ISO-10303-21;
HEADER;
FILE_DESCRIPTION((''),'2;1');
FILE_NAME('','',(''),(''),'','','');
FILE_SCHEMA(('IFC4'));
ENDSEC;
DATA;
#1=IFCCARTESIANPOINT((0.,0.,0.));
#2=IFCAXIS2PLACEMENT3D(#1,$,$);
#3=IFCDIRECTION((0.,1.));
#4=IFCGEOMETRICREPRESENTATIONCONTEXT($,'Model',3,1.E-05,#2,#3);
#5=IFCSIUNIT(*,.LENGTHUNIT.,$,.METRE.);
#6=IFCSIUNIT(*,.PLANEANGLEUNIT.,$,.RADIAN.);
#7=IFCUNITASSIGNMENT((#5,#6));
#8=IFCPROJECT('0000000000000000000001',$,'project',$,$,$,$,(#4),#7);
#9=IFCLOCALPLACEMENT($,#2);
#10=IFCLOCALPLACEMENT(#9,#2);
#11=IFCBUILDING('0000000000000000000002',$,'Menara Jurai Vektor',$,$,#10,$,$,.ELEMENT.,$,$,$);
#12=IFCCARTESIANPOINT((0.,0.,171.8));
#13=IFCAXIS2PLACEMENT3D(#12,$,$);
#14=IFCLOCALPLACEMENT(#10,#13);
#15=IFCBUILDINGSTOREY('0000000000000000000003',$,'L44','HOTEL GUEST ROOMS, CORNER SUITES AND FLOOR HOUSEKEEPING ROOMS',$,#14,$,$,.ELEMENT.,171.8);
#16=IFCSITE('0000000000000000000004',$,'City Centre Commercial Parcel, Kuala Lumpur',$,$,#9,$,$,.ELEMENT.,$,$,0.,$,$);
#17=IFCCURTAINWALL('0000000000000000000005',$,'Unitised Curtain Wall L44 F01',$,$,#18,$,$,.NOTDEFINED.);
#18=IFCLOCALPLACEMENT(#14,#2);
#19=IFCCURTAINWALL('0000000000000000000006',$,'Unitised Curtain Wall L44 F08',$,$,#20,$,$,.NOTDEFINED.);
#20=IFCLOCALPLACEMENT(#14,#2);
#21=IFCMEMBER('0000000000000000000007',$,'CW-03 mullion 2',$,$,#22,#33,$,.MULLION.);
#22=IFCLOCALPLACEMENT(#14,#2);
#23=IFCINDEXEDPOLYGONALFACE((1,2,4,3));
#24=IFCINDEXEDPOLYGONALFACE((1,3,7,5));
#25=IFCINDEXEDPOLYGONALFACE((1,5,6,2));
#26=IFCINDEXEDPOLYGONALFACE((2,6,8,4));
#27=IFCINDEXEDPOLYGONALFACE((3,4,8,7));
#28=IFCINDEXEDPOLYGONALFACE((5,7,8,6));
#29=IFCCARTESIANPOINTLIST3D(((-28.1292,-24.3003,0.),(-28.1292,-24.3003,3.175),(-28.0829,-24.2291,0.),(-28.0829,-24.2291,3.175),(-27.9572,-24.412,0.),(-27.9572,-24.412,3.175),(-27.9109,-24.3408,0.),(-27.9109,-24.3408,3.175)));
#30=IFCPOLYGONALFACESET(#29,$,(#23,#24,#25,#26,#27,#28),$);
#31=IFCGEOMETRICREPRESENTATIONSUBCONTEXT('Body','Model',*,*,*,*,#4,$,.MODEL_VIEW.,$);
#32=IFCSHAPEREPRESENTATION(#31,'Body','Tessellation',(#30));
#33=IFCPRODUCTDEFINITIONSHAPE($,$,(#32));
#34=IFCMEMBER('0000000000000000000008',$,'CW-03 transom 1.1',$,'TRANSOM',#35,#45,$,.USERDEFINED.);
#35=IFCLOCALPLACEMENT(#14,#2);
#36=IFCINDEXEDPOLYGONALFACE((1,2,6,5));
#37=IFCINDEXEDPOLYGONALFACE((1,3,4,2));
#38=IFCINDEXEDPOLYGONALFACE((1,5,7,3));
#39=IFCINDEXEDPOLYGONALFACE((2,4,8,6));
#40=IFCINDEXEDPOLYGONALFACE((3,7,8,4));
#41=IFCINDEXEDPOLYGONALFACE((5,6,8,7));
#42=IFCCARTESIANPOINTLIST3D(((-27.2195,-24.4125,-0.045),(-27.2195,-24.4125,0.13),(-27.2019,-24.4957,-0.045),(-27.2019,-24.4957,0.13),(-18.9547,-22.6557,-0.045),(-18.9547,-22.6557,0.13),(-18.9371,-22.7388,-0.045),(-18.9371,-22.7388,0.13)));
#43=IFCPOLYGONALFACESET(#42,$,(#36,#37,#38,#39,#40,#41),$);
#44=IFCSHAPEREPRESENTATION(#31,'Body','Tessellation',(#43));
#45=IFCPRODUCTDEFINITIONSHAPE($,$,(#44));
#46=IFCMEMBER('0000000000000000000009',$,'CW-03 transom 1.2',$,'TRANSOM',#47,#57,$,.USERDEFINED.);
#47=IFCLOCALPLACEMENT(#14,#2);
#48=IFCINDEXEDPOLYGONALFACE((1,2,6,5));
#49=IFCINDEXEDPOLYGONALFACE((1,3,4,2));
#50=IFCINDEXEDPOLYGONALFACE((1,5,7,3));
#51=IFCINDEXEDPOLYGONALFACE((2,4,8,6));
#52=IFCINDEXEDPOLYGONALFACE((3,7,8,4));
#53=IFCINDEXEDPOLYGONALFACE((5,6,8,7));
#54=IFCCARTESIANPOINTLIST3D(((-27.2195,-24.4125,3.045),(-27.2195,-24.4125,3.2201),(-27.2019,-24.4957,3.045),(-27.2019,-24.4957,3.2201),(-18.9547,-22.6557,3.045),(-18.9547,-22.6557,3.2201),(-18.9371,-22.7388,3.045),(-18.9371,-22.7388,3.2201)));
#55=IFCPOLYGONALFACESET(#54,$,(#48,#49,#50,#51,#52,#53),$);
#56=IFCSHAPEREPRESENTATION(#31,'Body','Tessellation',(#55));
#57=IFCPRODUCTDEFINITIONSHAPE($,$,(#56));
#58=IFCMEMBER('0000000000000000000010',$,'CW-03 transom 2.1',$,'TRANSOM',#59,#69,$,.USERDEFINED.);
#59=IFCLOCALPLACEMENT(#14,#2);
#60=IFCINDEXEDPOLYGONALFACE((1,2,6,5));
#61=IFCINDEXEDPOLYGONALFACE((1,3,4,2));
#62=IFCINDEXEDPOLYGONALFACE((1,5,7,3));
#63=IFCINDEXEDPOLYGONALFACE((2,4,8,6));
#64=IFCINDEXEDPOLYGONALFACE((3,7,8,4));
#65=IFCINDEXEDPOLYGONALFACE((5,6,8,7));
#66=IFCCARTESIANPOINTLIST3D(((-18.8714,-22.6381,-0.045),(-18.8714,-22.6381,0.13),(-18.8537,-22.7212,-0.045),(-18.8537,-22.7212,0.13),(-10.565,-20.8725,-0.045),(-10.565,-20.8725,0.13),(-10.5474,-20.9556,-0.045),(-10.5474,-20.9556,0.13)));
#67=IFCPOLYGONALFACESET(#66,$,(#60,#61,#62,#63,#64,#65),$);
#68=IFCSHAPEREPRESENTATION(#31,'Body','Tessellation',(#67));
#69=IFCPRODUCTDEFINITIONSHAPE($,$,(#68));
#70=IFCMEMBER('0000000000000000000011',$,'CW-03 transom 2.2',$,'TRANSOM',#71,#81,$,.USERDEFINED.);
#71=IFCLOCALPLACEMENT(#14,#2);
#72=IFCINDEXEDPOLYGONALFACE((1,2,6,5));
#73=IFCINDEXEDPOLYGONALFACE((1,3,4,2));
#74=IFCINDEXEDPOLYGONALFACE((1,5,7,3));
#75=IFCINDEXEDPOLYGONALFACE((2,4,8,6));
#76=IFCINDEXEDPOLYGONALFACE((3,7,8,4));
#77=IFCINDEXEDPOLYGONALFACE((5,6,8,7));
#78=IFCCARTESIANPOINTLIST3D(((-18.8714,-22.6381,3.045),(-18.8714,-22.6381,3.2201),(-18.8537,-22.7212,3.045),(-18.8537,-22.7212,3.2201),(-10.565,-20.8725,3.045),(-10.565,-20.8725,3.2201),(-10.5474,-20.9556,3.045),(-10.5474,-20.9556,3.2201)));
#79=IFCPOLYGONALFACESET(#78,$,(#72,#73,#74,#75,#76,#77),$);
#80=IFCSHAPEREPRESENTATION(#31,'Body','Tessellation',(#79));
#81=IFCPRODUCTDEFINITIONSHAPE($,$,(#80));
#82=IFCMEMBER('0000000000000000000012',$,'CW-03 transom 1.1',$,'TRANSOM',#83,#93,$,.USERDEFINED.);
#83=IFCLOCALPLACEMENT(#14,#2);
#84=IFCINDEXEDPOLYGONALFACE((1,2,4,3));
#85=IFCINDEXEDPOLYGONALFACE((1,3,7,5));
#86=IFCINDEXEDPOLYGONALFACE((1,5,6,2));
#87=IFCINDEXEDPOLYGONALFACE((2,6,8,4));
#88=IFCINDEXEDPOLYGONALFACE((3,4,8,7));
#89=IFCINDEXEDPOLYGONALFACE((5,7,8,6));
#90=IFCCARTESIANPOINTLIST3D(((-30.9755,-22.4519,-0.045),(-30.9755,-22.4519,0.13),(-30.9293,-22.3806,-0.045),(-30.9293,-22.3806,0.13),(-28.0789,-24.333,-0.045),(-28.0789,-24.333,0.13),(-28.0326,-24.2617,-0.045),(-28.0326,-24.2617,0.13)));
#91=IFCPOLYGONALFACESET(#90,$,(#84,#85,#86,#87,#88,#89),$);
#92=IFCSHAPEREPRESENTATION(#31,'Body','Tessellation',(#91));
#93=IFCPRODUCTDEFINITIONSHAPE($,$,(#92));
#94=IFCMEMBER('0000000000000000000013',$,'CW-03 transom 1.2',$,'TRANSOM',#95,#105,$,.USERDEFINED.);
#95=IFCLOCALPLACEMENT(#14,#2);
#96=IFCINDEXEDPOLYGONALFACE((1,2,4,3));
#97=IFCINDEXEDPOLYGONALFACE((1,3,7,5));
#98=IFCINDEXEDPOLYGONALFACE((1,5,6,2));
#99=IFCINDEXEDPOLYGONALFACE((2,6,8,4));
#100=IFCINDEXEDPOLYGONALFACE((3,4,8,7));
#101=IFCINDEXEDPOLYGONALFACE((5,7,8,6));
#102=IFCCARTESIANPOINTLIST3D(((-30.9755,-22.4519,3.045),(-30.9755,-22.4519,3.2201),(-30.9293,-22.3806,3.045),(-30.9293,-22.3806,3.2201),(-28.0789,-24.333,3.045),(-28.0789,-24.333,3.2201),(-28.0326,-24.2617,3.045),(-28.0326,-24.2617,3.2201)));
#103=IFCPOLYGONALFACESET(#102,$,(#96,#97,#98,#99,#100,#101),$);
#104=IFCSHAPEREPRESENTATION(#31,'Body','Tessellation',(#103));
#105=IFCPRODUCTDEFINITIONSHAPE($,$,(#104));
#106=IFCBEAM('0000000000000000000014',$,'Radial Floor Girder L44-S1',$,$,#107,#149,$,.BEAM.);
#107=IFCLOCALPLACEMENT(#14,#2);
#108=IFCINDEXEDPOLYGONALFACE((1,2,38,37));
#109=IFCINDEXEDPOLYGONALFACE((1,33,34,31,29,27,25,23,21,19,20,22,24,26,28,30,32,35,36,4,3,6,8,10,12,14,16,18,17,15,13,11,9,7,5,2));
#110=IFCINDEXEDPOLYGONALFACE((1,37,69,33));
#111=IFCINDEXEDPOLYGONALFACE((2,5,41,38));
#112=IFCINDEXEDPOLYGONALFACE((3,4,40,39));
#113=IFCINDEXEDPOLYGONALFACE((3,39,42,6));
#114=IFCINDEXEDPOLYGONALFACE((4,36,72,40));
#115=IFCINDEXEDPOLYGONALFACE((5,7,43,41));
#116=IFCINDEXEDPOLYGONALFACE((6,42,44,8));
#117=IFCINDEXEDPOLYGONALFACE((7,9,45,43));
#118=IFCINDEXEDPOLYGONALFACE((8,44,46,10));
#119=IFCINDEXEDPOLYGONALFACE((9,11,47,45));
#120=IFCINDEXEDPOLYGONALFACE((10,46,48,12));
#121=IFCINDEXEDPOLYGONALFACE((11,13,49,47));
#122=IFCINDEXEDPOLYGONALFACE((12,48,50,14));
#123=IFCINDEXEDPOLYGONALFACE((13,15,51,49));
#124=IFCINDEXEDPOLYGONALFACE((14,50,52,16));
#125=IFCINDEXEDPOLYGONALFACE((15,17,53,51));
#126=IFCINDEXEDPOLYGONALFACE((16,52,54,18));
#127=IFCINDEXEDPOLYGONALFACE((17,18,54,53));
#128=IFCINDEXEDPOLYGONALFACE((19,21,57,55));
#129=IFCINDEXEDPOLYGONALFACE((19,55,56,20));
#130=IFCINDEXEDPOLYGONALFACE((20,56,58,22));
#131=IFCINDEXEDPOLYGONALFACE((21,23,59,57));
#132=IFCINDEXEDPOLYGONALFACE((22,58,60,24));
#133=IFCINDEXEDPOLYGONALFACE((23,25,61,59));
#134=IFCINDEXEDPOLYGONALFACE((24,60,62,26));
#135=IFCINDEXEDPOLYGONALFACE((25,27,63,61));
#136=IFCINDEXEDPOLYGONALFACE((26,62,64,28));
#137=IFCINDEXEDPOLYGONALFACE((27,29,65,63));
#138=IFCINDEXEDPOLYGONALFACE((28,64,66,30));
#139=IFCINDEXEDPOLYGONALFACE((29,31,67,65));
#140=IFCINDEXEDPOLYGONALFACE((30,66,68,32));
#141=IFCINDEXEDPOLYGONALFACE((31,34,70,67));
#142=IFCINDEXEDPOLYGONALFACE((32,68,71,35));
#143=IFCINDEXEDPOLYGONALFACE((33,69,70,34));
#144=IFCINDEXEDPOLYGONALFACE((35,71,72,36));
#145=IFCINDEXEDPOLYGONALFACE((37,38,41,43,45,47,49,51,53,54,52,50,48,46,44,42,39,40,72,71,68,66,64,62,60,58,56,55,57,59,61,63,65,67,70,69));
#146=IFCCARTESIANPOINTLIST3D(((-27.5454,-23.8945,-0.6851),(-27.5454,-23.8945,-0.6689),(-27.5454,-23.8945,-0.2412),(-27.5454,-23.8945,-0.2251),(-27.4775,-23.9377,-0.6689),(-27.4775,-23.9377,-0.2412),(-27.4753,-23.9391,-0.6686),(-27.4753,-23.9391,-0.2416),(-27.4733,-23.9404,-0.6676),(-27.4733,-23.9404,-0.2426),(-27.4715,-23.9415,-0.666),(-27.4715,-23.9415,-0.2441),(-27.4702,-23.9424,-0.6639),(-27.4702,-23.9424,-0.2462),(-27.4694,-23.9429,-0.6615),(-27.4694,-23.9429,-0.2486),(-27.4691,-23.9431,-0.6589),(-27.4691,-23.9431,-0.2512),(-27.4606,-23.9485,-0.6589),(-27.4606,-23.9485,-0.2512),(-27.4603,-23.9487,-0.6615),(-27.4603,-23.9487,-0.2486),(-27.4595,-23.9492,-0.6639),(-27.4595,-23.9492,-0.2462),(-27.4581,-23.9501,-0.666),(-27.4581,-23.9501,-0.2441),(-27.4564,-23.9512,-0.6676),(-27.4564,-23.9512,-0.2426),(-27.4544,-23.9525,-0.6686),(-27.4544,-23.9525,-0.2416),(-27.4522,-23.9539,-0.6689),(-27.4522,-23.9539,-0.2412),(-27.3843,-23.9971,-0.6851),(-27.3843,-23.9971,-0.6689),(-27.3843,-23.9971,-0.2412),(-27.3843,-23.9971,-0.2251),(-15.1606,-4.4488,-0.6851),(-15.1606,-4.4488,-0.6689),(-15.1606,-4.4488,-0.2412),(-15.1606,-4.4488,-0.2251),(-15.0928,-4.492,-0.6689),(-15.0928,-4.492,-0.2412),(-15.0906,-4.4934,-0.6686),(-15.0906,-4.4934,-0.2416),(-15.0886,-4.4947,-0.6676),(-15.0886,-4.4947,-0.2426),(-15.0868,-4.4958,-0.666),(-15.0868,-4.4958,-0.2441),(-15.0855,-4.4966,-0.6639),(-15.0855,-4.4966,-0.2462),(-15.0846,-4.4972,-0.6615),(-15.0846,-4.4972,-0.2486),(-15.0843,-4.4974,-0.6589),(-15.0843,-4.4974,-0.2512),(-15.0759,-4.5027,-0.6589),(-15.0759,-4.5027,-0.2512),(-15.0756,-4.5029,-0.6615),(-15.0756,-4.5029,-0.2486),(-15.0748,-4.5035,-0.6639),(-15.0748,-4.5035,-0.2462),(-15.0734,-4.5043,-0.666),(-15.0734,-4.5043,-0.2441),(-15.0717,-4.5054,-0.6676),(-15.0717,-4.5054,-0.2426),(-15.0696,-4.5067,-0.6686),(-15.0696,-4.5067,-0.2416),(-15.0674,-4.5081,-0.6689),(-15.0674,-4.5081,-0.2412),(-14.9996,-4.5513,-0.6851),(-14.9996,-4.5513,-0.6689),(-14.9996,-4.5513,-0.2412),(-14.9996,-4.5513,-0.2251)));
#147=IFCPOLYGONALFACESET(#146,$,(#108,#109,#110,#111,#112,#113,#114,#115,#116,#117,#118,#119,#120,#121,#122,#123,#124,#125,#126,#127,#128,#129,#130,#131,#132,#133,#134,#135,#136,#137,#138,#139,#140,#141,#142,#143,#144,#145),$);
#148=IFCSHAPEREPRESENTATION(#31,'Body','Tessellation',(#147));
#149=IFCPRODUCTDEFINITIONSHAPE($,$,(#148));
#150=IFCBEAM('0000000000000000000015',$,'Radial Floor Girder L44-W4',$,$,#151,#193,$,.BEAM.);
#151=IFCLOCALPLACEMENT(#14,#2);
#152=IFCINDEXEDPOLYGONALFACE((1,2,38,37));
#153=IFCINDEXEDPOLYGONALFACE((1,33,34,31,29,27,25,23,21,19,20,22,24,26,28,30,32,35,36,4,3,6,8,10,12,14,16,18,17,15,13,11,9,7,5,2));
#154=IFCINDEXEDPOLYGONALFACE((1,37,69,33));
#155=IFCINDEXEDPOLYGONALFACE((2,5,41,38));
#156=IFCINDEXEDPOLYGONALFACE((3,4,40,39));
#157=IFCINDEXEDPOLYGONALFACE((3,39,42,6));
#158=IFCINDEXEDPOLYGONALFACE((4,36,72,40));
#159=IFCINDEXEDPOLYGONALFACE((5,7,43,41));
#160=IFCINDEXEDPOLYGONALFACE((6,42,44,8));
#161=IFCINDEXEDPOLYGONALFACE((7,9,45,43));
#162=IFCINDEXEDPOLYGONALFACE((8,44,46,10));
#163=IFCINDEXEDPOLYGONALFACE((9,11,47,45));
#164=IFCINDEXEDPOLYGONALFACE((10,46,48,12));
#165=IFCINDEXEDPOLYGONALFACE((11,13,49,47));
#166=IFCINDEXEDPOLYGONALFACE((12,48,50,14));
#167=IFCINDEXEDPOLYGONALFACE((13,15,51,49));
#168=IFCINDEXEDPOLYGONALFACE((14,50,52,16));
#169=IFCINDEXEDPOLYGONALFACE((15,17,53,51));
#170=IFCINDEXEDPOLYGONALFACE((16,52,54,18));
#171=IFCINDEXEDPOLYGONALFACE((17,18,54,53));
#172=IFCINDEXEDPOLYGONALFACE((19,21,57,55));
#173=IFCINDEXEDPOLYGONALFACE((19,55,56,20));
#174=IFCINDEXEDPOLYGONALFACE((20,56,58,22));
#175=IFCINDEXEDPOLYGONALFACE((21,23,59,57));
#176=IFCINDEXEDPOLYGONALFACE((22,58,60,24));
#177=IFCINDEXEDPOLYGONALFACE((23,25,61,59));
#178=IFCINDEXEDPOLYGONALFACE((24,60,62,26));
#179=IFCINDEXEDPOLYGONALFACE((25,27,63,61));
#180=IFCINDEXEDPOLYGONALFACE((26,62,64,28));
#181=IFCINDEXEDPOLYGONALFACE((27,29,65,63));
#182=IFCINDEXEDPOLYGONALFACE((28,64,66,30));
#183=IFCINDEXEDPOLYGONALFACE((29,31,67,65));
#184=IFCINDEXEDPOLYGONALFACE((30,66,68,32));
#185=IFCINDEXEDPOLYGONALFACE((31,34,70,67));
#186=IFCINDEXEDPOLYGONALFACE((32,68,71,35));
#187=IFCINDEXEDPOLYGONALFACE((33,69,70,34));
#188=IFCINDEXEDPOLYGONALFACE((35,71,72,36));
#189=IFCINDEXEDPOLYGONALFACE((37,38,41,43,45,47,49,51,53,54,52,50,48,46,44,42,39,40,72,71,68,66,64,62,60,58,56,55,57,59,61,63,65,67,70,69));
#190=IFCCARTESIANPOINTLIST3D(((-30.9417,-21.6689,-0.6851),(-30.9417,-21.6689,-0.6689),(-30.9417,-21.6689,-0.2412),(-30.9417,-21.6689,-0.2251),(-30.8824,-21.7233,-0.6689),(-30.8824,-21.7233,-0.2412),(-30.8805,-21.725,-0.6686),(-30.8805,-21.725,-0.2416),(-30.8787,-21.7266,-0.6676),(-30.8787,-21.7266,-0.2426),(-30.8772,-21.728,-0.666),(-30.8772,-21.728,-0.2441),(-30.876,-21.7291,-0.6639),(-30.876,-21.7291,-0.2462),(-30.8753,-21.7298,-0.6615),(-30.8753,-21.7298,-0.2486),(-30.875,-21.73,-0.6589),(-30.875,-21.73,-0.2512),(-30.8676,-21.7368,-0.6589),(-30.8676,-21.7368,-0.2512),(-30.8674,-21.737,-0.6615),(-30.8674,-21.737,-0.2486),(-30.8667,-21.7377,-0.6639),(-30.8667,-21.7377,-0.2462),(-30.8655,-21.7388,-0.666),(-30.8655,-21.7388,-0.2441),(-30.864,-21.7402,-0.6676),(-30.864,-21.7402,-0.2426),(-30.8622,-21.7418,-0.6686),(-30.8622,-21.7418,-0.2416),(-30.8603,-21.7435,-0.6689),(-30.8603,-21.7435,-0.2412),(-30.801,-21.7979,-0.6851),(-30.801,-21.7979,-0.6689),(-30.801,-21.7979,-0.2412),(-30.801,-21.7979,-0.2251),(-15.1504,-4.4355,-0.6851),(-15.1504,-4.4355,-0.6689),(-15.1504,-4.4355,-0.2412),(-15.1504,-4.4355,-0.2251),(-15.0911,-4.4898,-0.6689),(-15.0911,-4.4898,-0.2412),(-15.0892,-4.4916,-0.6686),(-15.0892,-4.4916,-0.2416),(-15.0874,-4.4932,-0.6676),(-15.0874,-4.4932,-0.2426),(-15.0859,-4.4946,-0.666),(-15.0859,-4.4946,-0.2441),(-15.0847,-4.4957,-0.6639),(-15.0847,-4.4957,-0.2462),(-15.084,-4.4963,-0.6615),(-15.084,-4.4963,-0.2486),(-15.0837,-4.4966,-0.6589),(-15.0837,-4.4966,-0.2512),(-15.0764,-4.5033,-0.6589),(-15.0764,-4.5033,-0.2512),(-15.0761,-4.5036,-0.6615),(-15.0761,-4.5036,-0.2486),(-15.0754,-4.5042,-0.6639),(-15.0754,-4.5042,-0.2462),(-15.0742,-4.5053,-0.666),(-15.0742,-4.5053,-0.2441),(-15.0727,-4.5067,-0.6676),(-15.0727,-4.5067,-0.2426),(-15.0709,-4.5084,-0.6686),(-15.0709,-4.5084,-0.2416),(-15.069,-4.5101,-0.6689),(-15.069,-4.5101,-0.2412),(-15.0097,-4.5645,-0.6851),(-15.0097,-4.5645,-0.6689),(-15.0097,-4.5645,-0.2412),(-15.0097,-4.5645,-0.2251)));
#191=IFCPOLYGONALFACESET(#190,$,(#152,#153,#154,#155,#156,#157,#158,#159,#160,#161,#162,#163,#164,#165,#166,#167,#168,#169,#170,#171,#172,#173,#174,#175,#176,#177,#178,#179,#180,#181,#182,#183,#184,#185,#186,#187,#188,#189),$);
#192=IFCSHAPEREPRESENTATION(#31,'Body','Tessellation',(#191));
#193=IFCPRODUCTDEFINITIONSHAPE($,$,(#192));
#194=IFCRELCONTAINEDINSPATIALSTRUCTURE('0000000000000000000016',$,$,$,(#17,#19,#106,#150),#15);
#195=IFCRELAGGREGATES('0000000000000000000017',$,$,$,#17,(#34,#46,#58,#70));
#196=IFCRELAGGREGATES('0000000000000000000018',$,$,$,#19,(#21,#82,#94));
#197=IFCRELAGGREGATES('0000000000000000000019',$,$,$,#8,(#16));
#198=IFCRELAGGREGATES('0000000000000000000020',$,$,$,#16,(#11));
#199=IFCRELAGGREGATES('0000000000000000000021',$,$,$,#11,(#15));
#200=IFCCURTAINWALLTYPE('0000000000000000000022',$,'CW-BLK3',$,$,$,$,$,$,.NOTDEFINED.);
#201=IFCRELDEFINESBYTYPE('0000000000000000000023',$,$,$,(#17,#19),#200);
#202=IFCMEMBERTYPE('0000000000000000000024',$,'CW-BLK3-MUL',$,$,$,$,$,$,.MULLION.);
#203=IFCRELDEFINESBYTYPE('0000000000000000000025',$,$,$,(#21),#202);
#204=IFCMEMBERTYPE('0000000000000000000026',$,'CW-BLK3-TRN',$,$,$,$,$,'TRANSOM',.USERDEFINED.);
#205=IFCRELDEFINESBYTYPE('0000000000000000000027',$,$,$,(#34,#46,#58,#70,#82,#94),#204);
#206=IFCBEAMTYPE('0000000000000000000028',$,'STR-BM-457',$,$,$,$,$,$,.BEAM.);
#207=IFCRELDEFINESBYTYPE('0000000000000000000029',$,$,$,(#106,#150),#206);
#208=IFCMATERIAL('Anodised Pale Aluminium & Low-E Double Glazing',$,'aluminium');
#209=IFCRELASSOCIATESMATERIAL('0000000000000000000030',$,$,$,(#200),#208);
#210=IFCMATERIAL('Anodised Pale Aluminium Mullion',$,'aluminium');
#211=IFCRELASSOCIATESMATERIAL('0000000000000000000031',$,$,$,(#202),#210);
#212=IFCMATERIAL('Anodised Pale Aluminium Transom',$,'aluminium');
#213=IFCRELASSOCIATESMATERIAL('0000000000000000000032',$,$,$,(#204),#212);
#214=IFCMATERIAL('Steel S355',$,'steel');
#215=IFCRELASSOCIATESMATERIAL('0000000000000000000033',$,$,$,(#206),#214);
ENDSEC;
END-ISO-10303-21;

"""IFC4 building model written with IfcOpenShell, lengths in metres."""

from ifc_helpers import new_model, si_unit, direction, frame, origin, origin_2d, place, context, subcontext, project, spatial, rectangle, i_section, extrude, material, material_profile, profile_set, type_object, element, aggregate, save


model = new_model("IFC4")

# Units and contexts
model_context = context("Model", 3, precision=1e-05, world=origin(), true_north=direction((0.0, 1.0)))
body_context = subcontext(model_context, "Body", "Model", "MODEL_VIEW")
ifc_project = project(units=[si_unit("LENGTHUNIT", "METRE"), si_unit("PLANEANGLEUNIT", "RADIAN")], contexts=[model_context])

# Site, building, storey
site_placement = place(None, origin())
site = spatial("IfcSite", under=ifc_project, at=site_placement, Name="City Centre Commercial Parcel, Kuala Lumpur", CompositionType="ELEMENT", RefElevation=0.0)
building_placement = place(site_placement, origin())
building = spatial("IfcBuilding", under=site, at=building_placement, Name="Menara Jurai Vektor", CompositionType="ELEMENT")
storey_placement = place(building_placement, frame((0.0, 0.0, 171.8)))
storey = spatial("IfcBuildingStorey", under=building, at=storey_placement, Name="L44", Description="HOTEL GUEST ROOMS, CORNER SUITES AND FLOOR HOUSEKEEPING ROOMS", CompositionType="ELEMENT", Elevation=171.8)

# Curtain wall
ifc_material_1 = material(Name="Anodised Pale Aluminium & Low-E Double Glazing", Category="aluminium")
curtain_wall_type = type_object("IfcCurtainWallType", Name="CW-BLK3", PredefinedType="NOTDEFINED", material=ifc_material_1)
curtain_wall_1_placement = place(storey_placement, origin())
curtain_wall_1 = element("IfcCurtainWall", 1, at=curtain_wall_1_placement, inside=storey, type_object=curtain_wall_type, Name="Unitised Curtain Wall L44 F01", PredefinedType="NOTDEFINED")
ifc_material_2 = material(Name="Anodised Pale Aluminium Mullion", Category="aluminium")
ifc_material_profile_1 = material_profile(ifc_material_2, rectangle(XDim=0.085, YDim=0.2051, at=origin_2d()), Name="ALU MUL 85x205")
ifc_profile_set_1 = profile_set([ifc_material_profile_1], Name="Anodised Pale Aluminium Mullion")
member_type_1 = type_object("IfcMemberType", Name="CW-BLK3-MUL", PredefinedType="MULLION", material=ifc_profile_set_1)

# Curtain wall, member
curtain_wall_2_placement = place(storey_placement, origin())
curtain_wall_2 = element("IfcCurtainWall", 2, at=curtain_wall_2_placement, inside=storey, type_object=curtain_wall_type, Name="Unitised Curtain Wall L44 F08", PredefinedType="NOTDEFINED")
member_1_placement = place(storey_placement, frame((-28.02, -24.3206, 0.0), z_axis=(0.0, 0.0, 1.0), x_axis=(0.544618, 0.838684, 0.0)))
member_1 = element("IfcMember", 3, at=member_1_placement, type_object=member_type_1, Name="CW-03 mullion 2", PredefinedType="MULLION", context=body_context, shape_type="SweptSolid", body=[
    extrude(rectangle(XDim=0.085, YDim=0.2051, at=origin_2d()), origin(), (0.0, 0.0, 1.0), 3.175),
])

# Members
ifc_material_3 = material(Name="Anodised Pale Aluminium Transom", Category="aluminium")
ifc_material_profile_2 = material_profile(ifc_material_3, rectangle(XDim=0.085, YDim=0.175, at=origin_2d()), Name="ALU TRN 85x175")
ifc_profile_set_2 = profile_set([ifc_material_profile_2], Name="Anodised Pale Aluminium Transom")
member_type_2 = type_object("IfcMemberType", Name="CW-BLK3-TRN", ElementType="TRANSOM", PredefinedType="USERDEFINED", material=ifc_profile_set_2)
member_2_placement = place(storey_placement, frame((-27.2107, -24.4541, 0.0425), z_axis=(0.978146, 0.207921, 0.0), x_axis=(-0.207921, 0.978146, 0.0)))
member_2 = element("IfcMember", 4, at=member_2_placement, type_object=member_type_2, Name="CW-03 transom 1.1", ObjectType="TRANSOM", PredefinedType="USERDEFINED", context=body_context, shape_type="SweptSolid", body=[
    extrude(rectangle(XDim=0.085, YDim=0.175, at=origin_2d()), origin(), (0.0, 0.0, 1.0), 8.4495),
])
member_3_placement = place(storey_placement, frame((-27.2107, -24.4541, 3.1326), z_axis=(0.978146, 0.207921, 0.0), x_axis=(-0.207921, 0.978146, 0.0)))
member_3 = element("IfcMember", 5, at=member_3_placement, type_object=member_type_2, Name="CW-03 transom 1.2", ObjectType="TRANSOM", PredefinedType="USERDEFINED", context=body_context, shape_type="SweptSolid", body=[
    extrude(rectangle(XDim=0.085, YDim=0.175, at=origin_2d()), origin(), (0.0, 0.0, 1.0), 8.4495),
])
member_4_placement = place(storey_placement, frame((-18.8625, -22.6797, 0.0425), z_axis=(0.978147, 0.207917, 0.0), x_axis=(-0.207917, 0.978147, 0.0)))
member_4 = element("IfcMember", 6, at=member_4_placement, type_object=member_type_2, Name="CW-03 transom 2.1", ObjectType="TRANSOM", PredefinedType="USERDEFINED", context=body_context, shape_type="SweptSolid", body=[
    extrude(rectangle(XDim=0.085, YDim=0.175, at=origin_2d()), origin(), (0.0, 0.0, 1.0), 8.4919),
])
member_5_placement = place(storey_placement, frame((-18.8625, -22.6797, 3.1326), z_axis=(0.978147, 0.207917, 0.0), x_axis=(-0.207917, 0.978147, 0.0)))
member_5 = element("IfcMember", 7, at=member_5_placement, type_object=member_type_2, Name="CW-03 transom 2.2", ObjectType="TRANSOM", PredefinedType="USERDEFINED", context=body_context, shape_type="SweptSolid", body=[
    extrude(rectangle(XDim=0.085, YDim=0.175, at=origin_2d()), origin(), (0.0, 0.0, 1.0), 8.4919),
])
member_6_placement = place(storey_placement, frame((-30.9524, -22.4163, 0.0425), z_axis=(0.838678, -0.544628, 0.0), x_axis=(0.544628, 0.838678, 0.0)))
member_6 = element("IfcMember", 8, at=member_6_placement, type_object=member_type_2, Name="CW-03 transom 1.1", ObjectType="TRANSOM", PredefinedType="USERDEFINED", context=body_context, shape_type="SweptSolid", body=[
    extrude(rectangle(XDim=0.085, YDim=0.175, at=origin_2d()), origin(), (0.0, 0.0, 1.0), 3.4539),
])
member_7_placement = place(storey_placement, frame((-30.9524, -22.4163, 3.1326), z_axis=(0.838678, -0.544628, 0.0), x_axis=(0.544628, 0.838678, 0.0)))
member_7 = element("IfcMember", 9, at=member_7_placement, type_object=member_type_2, Name="CW-03 transom 1.2", ObjectType="TRANSOM", PredefinedType="USERDEFINED", context=body_context, shape_type="SweptSolid", body=[
    extrude(rectangle(XDim=0.085, YDim=0.175, at=origin_2d()), origin(), (0.0, 0.0, 1.0), 3.4539),
])

# Beams
ifc_material_4 = material(Name="Steel S355", Category="steel")
ifc_material_profile_3 = material_profile(ifc_material_4, i_section(OverallWidth=0.1909, OverallDepth=0.46, WebThickness=0.01, FlangeThickness=0.0161, FilletRadius=0.01, at=origin_2d()), Name="UKB 457x191x82")
ifc_profile_set_3 = profile_set([ifc_material_profile_3], Name="Steel S355")
beam_type_1 = type_object("IfcBeamType", Name="STR-BM-457", PredefinedType="BEAM", material=ifc_profile_set_3)
beam_1_placement = place(storey_placement, frame((-27.4648, -23.9458, -0.4551), z_axis=(0.537189, 0.843462, 0.0), x_axis=(-0.843462, 0.537189, 0.0)))
element("IfcBeam", 10, at=beam_1_placement, inside=storey, type_object=beam_type_1, Name="Radial Floor Girder L44-S1", PredefinedType="BEAM", context=body_context, shape_type="SweptSolid", body=[
    extrude(i_section(OverallWidth=0.1909, OverallDepth=0.46, WebThickness=0.01, FlangeThickness=0.0161, FilletRadius=0.01, at=origin_2d()), origin(), (0.0, 0.0, 1.0), 23.0547),
])
beam_2_placement = place(storey_placement, frame((-30.8713, -21.7334, -0.4551), z_axis=(0.675585, 0.737282, 0.0), x_axis=(-0.737282, 0.675585, 0.0)))
element("IfcBeam", 11, at=beam_2_placement, inside=storey, type_object=beam_type_1, Name="Radial Floor Girder L44-W4", PredefinedType="BEAM", context=body_context, shape_type="SweptSolid", body=[
    extrude(i_section(OverallWidth=0.1909, OverallDepth=0.46, WebThickness=0.01, FlangeThickness=0.0161, FilletRadius=0.01, at=origin_2d()), origin(), (0.0, 0.0, 1.0), 23.3743),
])

aggregate(curtain_wall_1, [member_2, member_3, member_4, member_5])
aggregate(curtain_wall_2, [member_1, member_6, member_7])

save(model, "model.ifc")
